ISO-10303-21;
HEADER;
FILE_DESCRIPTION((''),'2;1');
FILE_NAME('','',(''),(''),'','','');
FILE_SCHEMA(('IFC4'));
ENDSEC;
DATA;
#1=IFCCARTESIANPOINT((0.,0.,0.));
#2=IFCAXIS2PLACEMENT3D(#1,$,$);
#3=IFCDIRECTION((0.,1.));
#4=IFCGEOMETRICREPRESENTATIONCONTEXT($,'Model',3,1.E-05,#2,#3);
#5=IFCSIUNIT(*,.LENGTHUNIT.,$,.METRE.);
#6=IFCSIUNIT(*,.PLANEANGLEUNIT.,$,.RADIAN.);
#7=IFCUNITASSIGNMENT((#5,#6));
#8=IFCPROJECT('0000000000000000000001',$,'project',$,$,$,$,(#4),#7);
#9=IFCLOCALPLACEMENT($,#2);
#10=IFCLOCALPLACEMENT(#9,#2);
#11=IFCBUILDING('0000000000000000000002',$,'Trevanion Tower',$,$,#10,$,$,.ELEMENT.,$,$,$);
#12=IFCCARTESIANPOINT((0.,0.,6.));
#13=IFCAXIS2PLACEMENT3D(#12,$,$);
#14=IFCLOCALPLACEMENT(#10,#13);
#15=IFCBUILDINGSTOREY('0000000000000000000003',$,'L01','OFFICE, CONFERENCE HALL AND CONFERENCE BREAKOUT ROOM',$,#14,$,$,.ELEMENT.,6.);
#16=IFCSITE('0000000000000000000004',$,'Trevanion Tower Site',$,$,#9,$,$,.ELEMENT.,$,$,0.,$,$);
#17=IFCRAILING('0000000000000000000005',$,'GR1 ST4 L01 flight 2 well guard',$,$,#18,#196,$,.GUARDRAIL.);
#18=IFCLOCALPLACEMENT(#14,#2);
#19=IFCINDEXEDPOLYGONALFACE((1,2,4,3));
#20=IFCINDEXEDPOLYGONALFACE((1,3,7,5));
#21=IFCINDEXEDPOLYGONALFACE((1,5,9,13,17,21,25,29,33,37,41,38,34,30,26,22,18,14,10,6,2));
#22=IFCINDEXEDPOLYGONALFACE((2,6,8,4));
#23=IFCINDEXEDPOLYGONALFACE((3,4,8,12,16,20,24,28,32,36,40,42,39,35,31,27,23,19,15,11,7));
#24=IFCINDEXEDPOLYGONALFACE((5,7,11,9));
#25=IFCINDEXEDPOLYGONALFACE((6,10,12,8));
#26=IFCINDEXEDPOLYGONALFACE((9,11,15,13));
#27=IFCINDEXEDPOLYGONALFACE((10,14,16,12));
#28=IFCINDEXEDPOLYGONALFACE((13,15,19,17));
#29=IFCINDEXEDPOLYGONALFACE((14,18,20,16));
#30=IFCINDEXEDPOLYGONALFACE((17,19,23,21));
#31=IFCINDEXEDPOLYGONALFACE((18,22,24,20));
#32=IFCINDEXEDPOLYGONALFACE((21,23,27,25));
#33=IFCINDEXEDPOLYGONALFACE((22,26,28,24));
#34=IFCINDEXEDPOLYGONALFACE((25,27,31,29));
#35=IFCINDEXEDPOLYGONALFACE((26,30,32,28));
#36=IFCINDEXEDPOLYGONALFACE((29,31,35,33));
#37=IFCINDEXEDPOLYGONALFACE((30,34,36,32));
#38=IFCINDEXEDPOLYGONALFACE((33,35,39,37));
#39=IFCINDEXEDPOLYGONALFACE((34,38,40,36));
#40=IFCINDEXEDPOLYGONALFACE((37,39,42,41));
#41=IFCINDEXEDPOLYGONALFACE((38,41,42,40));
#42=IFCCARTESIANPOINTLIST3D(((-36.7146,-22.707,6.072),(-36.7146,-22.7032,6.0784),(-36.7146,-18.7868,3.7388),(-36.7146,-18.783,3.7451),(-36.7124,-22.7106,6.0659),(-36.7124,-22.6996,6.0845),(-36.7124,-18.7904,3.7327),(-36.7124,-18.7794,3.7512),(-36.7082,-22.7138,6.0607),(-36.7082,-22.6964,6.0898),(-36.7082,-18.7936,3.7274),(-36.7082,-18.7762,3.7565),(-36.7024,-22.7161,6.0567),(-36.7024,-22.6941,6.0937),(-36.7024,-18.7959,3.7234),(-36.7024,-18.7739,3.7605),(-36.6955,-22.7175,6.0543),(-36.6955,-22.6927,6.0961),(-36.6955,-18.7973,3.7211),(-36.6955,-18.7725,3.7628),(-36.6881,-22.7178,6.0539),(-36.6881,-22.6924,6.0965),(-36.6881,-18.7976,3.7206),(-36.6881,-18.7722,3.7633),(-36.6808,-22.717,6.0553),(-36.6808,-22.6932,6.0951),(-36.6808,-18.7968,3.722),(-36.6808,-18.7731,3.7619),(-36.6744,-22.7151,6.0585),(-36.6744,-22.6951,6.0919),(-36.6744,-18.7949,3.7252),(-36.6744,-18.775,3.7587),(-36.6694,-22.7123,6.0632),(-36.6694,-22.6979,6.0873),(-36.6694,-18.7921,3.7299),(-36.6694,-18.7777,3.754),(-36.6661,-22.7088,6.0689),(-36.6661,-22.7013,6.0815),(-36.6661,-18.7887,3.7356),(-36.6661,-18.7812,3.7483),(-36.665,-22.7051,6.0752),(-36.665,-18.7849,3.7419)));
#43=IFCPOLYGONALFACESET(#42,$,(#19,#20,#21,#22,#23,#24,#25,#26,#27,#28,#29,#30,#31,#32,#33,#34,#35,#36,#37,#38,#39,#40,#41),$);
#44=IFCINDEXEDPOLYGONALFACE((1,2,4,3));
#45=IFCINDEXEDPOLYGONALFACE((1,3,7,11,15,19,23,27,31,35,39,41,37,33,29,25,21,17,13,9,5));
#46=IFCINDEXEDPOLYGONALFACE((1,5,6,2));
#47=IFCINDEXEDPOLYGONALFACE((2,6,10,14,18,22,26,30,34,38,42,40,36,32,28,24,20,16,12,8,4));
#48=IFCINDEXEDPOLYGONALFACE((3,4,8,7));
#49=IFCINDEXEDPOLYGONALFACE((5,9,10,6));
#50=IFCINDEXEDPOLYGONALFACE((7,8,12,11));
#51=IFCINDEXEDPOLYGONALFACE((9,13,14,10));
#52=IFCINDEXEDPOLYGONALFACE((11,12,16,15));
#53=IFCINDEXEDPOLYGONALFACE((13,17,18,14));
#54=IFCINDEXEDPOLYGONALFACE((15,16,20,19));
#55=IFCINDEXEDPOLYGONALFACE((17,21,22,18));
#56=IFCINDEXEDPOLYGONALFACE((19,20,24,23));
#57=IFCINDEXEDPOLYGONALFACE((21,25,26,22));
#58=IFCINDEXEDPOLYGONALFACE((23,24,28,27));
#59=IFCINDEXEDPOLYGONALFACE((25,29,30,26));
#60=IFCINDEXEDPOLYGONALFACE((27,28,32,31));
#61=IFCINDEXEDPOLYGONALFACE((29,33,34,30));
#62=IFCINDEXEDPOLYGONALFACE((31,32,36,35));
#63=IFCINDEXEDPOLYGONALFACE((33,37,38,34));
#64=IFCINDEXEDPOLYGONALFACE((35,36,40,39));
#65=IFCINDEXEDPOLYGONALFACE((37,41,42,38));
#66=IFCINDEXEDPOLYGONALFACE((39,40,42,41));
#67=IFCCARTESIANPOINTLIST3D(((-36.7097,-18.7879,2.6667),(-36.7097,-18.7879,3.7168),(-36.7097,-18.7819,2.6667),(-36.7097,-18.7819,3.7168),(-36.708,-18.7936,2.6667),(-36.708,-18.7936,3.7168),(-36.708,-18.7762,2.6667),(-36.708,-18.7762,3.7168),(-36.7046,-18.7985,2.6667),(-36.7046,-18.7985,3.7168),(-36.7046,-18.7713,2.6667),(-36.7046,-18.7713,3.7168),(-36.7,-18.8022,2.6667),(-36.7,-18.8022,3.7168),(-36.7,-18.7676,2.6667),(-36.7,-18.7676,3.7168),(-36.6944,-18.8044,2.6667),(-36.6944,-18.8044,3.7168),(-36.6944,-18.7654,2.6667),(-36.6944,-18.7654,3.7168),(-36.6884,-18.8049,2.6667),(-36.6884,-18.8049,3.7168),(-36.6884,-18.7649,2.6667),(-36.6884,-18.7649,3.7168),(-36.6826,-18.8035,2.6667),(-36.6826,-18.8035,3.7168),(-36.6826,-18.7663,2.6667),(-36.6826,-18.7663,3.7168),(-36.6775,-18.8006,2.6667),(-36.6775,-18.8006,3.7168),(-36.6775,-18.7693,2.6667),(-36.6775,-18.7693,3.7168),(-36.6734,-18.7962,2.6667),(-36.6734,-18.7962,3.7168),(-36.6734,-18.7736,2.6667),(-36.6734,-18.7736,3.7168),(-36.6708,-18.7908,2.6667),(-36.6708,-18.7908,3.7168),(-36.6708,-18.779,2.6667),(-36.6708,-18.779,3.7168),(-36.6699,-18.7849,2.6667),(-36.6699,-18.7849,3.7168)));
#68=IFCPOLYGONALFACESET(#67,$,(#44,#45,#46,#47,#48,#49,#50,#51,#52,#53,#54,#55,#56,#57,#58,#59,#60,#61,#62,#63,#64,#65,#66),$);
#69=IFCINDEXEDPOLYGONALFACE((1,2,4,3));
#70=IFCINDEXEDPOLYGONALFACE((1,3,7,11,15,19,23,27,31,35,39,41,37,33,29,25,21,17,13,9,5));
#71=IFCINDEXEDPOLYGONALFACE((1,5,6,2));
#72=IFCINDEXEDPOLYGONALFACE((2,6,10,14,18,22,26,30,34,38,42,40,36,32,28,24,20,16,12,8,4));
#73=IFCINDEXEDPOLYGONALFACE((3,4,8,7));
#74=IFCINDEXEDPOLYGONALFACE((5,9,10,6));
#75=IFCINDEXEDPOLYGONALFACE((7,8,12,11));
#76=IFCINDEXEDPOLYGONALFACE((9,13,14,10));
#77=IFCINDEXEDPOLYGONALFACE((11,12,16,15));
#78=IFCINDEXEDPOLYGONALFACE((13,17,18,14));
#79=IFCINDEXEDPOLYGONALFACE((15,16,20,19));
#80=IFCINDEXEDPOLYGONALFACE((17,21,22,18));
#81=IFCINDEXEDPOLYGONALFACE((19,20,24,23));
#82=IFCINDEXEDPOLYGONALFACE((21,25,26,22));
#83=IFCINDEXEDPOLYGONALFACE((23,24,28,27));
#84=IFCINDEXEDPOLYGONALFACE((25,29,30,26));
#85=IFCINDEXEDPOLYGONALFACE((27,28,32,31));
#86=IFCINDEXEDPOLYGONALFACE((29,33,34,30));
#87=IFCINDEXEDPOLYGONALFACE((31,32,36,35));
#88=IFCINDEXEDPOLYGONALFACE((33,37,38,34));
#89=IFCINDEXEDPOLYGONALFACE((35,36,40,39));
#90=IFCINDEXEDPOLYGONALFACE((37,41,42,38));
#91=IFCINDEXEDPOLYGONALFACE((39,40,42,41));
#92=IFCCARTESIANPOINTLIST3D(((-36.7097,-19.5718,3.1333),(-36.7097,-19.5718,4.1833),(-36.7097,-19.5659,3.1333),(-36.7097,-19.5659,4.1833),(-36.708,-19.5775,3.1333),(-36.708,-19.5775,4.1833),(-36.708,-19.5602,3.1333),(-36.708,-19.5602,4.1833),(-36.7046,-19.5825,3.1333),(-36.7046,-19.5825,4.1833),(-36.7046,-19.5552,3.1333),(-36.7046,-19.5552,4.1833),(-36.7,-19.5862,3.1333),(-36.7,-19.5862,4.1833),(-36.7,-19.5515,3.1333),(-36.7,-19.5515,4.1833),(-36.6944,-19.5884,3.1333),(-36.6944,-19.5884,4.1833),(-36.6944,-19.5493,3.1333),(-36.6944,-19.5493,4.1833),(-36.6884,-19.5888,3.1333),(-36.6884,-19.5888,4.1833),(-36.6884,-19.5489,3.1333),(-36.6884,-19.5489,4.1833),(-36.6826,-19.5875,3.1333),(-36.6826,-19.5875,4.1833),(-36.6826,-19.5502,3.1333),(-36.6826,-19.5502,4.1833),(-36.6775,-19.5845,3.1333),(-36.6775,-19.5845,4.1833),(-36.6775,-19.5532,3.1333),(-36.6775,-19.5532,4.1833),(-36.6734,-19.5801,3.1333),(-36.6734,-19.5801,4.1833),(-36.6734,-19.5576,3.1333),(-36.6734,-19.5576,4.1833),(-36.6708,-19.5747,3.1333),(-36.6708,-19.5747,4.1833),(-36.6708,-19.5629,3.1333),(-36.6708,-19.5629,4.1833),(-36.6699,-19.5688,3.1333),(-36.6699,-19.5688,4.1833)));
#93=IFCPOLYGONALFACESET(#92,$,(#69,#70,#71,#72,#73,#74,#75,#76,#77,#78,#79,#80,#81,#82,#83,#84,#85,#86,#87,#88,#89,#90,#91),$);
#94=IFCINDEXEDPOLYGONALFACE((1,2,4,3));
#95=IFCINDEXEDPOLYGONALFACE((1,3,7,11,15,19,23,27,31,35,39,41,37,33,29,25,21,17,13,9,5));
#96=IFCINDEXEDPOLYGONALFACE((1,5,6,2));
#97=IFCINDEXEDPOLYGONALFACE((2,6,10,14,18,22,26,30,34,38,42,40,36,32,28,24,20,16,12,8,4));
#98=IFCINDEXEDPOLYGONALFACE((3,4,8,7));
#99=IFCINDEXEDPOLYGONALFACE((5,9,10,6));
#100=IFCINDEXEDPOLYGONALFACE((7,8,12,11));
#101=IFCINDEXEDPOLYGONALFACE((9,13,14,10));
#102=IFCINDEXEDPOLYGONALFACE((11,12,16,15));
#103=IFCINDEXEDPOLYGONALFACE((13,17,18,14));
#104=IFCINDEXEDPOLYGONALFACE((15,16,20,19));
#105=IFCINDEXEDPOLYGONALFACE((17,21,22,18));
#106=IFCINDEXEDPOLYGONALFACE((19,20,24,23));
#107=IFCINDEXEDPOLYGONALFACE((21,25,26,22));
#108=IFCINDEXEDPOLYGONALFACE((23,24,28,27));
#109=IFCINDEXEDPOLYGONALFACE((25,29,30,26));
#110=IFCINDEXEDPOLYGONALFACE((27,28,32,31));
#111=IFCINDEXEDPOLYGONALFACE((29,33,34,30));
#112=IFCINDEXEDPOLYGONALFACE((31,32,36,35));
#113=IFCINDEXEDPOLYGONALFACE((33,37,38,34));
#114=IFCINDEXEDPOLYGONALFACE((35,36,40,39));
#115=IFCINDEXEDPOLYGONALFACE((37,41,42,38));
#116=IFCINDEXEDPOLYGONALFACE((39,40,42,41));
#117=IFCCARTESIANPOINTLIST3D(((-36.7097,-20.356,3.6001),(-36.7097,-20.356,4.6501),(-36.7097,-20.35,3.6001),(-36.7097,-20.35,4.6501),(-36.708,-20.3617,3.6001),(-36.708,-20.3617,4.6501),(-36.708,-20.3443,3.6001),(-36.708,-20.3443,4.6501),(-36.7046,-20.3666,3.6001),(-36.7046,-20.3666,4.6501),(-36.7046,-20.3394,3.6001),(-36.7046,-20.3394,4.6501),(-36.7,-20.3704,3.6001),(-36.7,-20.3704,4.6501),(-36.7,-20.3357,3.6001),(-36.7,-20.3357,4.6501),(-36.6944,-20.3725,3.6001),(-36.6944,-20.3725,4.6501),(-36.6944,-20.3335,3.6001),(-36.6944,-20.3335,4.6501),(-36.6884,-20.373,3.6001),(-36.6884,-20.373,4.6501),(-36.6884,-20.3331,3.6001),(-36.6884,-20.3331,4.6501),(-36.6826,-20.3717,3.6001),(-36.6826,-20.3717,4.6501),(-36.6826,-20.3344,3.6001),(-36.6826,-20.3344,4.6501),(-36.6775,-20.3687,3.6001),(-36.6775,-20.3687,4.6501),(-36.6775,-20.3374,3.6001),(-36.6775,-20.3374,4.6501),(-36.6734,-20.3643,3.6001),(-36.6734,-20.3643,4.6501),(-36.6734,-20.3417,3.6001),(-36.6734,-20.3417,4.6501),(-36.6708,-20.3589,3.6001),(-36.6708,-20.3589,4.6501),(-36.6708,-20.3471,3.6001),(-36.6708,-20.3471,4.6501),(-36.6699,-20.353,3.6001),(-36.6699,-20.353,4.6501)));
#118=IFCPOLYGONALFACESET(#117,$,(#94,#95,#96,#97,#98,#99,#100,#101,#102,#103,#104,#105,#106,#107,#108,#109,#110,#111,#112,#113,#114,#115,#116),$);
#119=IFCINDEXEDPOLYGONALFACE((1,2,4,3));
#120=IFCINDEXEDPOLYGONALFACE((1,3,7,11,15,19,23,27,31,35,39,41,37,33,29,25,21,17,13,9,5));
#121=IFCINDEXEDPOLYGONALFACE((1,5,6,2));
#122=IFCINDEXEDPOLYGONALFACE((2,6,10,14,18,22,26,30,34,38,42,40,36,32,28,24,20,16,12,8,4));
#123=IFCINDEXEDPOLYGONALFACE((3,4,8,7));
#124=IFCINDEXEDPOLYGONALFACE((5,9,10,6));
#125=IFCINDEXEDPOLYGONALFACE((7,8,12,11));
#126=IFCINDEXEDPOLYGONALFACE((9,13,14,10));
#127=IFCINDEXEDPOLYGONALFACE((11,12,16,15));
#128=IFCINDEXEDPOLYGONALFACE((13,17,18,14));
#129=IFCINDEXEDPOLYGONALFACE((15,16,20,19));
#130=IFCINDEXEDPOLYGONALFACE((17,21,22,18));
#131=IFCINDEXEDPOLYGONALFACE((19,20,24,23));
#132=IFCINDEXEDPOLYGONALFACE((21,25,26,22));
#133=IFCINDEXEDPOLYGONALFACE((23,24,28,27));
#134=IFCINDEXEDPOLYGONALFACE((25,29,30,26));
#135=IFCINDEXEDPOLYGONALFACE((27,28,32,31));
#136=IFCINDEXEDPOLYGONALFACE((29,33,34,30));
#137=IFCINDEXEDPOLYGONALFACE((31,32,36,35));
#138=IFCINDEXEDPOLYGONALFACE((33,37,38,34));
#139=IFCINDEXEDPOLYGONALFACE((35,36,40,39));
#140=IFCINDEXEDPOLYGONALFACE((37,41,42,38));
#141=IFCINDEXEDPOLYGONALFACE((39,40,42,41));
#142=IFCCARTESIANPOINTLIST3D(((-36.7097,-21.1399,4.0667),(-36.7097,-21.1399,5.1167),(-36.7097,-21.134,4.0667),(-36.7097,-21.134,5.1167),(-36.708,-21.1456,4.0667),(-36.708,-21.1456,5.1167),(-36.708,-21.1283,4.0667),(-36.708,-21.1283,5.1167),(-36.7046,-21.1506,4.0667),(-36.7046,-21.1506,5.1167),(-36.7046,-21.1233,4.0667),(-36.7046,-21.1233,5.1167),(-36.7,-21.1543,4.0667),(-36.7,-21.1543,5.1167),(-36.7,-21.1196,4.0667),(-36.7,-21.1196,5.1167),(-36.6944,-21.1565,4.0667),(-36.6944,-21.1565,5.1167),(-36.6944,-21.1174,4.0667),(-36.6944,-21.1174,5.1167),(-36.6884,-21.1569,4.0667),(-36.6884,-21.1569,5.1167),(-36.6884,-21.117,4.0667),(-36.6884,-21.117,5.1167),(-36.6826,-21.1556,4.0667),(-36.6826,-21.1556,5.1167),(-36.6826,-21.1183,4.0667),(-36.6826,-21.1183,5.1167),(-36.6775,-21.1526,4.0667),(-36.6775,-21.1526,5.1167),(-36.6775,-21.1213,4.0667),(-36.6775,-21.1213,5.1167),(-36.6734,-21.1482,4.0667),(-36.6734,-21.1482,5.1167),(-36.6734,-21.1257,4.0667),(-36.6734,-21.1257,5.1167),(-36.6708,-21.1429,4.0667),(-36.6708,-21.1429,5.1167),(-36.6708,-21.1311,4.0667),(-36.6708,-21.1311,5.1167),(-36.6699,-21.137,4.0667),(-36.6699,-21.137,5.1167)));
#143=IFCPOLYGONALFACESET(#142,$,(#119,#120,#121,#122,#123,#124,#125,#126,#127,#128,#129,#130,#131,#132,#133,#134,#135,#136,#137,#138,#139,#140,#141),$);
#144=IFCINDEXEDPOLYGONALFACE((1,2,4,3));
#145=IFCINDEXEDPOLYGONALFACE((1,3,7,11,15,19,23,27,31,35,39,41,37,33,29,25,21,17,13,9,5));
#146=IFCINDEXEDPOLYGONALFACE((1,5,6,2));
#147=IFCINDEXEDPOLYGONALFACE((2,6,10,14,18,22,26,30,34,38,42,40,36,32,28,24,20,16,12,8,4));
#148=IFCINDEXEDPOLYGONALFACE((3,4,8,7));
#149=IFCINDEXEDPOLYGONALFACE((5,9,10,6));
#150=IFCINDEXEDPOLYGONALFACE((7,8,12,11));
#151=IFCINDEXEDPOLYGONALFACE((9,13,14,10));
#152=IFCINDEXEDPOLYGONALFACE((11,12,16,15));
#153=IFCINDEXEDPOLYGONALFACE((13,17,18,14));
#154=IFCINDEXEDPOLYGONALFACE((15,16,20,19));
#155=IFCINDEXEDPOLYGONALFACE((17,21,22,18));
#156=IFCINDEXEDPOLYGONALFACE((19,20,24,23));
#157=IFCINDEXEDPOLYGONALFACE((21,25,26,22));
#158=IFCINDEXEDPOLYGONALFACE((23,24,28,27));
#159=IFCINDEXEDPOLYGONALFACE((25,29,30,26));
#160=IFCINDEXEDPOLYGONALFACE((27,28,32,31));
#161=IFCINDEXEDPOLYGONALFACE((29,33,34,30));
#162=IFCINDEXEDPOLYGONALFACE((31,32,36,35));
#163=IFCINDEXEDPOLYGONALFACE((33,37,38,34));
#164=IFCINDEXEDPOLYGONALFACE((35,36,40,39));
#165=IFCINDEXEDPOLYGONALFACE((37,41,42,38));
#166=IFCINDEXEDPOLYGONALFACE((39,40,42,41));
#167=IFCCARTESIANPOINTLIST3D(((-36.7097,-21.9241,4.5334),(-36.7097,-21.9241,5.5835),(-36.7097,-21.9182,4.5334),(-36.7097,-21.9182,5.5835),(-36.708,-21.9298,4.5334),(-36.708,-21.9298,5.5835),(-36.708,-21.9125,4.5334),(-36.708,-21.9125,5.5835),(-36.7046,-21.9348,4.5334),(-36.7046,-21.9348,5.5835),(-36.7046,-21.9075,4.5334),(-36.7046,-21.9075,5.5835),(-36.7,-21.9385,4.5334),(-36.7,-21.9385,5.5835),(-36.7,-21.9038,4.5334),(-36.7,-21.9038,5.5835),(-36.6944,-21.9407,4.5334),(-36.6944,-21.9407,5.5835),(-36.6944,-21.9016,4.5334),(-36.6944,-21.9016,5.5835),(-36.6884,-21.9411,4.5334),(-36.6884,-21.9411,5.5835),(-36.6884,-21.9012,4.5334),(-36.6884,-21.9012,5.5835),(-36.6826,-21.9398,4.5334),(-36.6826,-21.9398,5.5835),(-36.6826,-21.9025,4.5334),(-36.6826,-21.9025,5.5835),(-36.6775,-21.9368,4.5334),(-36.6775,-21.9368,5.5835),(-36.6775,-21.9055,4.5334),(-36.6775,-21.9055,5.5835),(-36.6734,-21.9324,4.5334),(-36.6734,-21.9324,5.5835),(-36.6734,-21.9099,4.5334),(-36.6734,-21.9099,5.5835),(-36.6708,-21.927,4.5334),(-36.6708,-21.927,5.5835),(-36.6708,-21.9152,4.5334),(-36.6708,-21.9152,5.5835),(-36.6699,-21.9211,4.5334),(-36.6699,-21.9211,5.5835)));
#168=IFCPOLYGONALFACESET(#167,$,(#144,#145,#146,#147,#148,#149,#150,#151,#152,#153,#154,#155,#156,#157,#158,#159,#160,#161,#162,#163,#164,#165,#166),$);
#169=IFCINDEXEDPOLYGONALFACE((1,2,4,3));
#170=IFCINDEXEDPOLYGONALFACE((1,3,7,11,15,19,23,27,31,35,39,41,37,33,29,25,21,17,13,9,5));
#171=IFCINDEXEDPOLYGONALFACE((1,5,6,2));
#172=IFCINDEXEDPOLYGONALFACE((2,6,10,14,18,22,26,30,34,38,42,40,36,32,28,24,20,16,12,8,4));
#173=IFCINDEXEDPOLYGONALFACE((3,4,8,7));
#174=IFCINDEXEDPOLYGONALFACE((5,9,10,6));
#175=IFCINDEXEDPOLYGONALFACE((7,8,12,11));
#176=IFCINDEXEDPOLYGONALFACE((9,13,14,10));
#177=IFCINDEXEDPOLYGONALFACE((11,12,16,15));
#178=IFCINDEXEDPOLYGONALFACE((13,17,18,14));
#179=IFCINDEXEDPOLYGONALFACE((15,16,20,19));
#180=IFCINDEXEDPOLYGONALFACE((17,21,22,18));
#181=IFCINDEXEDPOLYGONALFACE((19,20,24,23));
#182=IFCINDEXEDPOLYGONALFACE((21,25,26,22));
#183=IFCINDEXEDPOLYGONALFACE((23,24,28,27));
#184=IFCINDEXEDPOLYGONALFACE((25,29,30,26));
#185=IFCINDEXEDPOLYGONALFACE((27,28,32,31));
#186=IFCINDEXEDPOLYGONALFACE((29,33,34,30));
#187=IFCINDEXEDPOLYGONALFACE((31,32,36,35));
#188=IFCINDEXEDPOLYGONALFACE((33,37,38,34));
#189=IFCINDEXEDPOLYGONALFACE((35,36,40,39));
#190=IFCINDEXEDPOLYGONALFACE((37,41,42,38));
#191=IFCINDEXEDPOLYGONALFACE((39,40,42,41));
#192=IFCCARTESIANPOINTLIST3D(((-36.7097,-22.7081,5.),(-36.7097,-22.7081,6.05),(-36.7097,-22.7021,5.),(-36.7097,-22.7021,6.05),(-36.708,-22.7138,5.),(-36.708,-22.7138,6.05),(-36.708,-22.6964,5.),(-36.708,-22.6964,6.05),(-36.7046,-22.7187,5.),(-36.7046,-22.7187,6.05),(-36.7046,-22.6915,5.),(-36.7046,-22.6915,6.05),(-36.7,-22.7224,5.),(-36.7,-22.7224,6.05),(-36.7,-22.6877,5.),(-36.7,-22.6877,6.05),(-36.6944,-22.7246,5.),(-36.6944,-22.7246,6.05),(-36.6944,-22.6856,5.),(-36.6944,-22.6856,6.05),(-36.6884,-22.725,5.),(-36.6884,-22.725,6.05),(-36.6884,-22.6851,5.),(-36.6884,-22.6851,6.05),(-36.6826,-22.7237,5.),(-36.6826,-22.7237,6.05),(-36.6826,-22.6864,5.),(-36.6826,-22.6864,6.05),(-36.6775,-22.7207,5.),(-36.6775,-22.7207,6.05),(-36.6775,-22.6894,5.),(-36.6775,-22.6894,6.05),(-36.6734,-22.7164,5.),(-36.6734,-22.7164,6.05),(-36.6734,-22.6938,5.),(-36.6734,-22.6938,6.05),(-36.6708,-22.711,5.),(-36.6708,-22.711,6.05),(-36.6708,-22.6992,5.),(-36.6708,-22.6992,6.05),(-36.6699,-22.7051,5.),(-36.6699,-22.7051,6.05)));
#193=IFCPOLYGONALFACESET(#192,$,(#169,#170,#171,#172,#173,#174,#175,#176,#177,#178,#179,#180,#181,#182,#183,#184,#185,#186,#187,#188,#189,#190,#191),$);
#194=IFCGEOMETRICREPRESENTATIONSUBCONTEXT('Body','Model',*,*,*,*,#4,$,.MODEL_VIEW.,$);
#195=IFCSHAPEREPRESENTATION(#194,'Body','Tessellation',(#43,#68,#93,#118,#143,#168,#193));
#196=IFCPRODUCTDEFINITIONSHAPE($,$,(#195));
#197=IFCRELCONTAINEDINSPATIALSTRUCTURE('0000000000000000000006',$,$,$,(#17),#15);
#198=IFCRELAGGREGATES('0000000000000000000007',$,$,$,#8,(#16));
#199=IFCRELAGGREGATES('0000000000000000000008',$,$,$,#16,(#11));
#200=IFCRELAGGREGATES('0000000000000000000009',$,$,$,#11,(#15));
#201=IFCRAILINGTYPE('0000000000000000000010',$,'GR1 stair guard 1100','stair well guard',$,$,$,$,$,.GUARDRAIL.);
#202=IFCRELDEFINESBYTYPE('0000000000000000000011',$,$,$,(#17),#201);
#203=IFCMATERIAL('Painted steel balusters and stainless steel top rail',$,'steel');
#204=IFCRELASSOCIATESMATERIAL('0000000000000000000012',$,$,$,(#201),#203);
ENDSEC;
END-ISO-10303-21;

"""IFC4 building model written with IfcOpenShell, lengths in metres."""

from ifc_helpers import new_model, si_unit, direction, frame, origin, origin_2d, place, context, subcontext, project, spatial, circle, extrude, material, type_object, element, save


model = new_model("IFC4")

# Units and contexts
model_context = context("Model", 3, precision=1e-05, world=origin(), true_north=direction((0.0, 1.0)))
body_context = subcontext(model_context, "Body", "Model", "MODEL_VIEW")
ifc_project = project(units=[si_unit("LENGTHUNIT", "METRE"), si_unit("PLANEANGLEUNIT", "RADIAN")], contexts=[model_context])

# Site, building, storey
site_placement = place(None, origin())
site = spatial("IfcSite", under=ifc_project, at=site_placement, Name="Trevanion Tower Site", CompositionType="ELEMENT", RefElevation=0.0)
building_placement = place(site_placement, origin())
building = spatial("IfcBuilding", under=site, at=building_placement, Name="Trevanion Tower", CompositionType="ELEMENT")
storey_placement = place(building_placement, frame((0.0, 0.0, 6.0)))
storey = spatial("IfcBuildingStorey", under=building, at=storey_placement, Name="L01", Description="OFFICE, CONFERENCE HALL AND CONFERENCE BREAKOUT ROOM", CompositionType="ELEMENT", Elevation=6.0)

# Railing
ifc_material_1 = material(Name="Painted steel balusters and stainless steel top rail", Category="steel")
railing_type_1 = type_object("IfcRailingType", Name="GR1 stair guard 1100", Description="stair well guard", PredefinedType="GUARDRAIL", material=ifc_material_1)
railing_1_placement = place(storey_placement, frame((-36.6899, -18.7849, 2.6667)))
element("IfcRailing", 1, at=railing_1_placement, inside=storey, type_object=railing_type_1, Name="GR1 ST4 L01 flight 2 well guard", PredefinedType="GUARDRAIL", context=body_context, shape_type="SweptSolid", body=[
    extrude(circle(Radius=0.0249, at=origin_2d()), frame((0.0, 0.0, 1.0752), z_axis=(0.0, -0.85931, 0.511455), x_axis=(1.0, 0.0, 0.0)), (0.0, 0.0, 1.0), 4.562),
    extrude(circle(Radius=0.02, at=origin_2d()), origin(), (0.0, 0.0, 1.0), 1.05),
    extrude(circle(Radius=0.02, at=origin_2d()), frame((0.0, -0.7839, 0.4666)), (0.0, 0.0, 1.0), 1.05),
    extrude(circle(Radius=0.02, at=origin_2d()), frame((0.0, -1.5681, 0.9333)), (0.0, 0.0, 1.0), 1.05),
    extrude(circle(Radius=0.02, at=origin_2d()), frame((0.0, -2.3521, 1.3999)), (0.0, 0.0, 1.0), 1.05),
    extrude(circle(Radius=0.02, at=origin_2d()), frame((0.0, -3.1362, 1.8667)), (0.0, 0.0, 1.0), 1.05),
    extrude(circle(Radius=0.02, at=origin_2d()), frame((0.0, -3.9202, 2.3333)), (0.0, 0.0, 1.0), 1.05),
])

save(model, "model.ifc")
